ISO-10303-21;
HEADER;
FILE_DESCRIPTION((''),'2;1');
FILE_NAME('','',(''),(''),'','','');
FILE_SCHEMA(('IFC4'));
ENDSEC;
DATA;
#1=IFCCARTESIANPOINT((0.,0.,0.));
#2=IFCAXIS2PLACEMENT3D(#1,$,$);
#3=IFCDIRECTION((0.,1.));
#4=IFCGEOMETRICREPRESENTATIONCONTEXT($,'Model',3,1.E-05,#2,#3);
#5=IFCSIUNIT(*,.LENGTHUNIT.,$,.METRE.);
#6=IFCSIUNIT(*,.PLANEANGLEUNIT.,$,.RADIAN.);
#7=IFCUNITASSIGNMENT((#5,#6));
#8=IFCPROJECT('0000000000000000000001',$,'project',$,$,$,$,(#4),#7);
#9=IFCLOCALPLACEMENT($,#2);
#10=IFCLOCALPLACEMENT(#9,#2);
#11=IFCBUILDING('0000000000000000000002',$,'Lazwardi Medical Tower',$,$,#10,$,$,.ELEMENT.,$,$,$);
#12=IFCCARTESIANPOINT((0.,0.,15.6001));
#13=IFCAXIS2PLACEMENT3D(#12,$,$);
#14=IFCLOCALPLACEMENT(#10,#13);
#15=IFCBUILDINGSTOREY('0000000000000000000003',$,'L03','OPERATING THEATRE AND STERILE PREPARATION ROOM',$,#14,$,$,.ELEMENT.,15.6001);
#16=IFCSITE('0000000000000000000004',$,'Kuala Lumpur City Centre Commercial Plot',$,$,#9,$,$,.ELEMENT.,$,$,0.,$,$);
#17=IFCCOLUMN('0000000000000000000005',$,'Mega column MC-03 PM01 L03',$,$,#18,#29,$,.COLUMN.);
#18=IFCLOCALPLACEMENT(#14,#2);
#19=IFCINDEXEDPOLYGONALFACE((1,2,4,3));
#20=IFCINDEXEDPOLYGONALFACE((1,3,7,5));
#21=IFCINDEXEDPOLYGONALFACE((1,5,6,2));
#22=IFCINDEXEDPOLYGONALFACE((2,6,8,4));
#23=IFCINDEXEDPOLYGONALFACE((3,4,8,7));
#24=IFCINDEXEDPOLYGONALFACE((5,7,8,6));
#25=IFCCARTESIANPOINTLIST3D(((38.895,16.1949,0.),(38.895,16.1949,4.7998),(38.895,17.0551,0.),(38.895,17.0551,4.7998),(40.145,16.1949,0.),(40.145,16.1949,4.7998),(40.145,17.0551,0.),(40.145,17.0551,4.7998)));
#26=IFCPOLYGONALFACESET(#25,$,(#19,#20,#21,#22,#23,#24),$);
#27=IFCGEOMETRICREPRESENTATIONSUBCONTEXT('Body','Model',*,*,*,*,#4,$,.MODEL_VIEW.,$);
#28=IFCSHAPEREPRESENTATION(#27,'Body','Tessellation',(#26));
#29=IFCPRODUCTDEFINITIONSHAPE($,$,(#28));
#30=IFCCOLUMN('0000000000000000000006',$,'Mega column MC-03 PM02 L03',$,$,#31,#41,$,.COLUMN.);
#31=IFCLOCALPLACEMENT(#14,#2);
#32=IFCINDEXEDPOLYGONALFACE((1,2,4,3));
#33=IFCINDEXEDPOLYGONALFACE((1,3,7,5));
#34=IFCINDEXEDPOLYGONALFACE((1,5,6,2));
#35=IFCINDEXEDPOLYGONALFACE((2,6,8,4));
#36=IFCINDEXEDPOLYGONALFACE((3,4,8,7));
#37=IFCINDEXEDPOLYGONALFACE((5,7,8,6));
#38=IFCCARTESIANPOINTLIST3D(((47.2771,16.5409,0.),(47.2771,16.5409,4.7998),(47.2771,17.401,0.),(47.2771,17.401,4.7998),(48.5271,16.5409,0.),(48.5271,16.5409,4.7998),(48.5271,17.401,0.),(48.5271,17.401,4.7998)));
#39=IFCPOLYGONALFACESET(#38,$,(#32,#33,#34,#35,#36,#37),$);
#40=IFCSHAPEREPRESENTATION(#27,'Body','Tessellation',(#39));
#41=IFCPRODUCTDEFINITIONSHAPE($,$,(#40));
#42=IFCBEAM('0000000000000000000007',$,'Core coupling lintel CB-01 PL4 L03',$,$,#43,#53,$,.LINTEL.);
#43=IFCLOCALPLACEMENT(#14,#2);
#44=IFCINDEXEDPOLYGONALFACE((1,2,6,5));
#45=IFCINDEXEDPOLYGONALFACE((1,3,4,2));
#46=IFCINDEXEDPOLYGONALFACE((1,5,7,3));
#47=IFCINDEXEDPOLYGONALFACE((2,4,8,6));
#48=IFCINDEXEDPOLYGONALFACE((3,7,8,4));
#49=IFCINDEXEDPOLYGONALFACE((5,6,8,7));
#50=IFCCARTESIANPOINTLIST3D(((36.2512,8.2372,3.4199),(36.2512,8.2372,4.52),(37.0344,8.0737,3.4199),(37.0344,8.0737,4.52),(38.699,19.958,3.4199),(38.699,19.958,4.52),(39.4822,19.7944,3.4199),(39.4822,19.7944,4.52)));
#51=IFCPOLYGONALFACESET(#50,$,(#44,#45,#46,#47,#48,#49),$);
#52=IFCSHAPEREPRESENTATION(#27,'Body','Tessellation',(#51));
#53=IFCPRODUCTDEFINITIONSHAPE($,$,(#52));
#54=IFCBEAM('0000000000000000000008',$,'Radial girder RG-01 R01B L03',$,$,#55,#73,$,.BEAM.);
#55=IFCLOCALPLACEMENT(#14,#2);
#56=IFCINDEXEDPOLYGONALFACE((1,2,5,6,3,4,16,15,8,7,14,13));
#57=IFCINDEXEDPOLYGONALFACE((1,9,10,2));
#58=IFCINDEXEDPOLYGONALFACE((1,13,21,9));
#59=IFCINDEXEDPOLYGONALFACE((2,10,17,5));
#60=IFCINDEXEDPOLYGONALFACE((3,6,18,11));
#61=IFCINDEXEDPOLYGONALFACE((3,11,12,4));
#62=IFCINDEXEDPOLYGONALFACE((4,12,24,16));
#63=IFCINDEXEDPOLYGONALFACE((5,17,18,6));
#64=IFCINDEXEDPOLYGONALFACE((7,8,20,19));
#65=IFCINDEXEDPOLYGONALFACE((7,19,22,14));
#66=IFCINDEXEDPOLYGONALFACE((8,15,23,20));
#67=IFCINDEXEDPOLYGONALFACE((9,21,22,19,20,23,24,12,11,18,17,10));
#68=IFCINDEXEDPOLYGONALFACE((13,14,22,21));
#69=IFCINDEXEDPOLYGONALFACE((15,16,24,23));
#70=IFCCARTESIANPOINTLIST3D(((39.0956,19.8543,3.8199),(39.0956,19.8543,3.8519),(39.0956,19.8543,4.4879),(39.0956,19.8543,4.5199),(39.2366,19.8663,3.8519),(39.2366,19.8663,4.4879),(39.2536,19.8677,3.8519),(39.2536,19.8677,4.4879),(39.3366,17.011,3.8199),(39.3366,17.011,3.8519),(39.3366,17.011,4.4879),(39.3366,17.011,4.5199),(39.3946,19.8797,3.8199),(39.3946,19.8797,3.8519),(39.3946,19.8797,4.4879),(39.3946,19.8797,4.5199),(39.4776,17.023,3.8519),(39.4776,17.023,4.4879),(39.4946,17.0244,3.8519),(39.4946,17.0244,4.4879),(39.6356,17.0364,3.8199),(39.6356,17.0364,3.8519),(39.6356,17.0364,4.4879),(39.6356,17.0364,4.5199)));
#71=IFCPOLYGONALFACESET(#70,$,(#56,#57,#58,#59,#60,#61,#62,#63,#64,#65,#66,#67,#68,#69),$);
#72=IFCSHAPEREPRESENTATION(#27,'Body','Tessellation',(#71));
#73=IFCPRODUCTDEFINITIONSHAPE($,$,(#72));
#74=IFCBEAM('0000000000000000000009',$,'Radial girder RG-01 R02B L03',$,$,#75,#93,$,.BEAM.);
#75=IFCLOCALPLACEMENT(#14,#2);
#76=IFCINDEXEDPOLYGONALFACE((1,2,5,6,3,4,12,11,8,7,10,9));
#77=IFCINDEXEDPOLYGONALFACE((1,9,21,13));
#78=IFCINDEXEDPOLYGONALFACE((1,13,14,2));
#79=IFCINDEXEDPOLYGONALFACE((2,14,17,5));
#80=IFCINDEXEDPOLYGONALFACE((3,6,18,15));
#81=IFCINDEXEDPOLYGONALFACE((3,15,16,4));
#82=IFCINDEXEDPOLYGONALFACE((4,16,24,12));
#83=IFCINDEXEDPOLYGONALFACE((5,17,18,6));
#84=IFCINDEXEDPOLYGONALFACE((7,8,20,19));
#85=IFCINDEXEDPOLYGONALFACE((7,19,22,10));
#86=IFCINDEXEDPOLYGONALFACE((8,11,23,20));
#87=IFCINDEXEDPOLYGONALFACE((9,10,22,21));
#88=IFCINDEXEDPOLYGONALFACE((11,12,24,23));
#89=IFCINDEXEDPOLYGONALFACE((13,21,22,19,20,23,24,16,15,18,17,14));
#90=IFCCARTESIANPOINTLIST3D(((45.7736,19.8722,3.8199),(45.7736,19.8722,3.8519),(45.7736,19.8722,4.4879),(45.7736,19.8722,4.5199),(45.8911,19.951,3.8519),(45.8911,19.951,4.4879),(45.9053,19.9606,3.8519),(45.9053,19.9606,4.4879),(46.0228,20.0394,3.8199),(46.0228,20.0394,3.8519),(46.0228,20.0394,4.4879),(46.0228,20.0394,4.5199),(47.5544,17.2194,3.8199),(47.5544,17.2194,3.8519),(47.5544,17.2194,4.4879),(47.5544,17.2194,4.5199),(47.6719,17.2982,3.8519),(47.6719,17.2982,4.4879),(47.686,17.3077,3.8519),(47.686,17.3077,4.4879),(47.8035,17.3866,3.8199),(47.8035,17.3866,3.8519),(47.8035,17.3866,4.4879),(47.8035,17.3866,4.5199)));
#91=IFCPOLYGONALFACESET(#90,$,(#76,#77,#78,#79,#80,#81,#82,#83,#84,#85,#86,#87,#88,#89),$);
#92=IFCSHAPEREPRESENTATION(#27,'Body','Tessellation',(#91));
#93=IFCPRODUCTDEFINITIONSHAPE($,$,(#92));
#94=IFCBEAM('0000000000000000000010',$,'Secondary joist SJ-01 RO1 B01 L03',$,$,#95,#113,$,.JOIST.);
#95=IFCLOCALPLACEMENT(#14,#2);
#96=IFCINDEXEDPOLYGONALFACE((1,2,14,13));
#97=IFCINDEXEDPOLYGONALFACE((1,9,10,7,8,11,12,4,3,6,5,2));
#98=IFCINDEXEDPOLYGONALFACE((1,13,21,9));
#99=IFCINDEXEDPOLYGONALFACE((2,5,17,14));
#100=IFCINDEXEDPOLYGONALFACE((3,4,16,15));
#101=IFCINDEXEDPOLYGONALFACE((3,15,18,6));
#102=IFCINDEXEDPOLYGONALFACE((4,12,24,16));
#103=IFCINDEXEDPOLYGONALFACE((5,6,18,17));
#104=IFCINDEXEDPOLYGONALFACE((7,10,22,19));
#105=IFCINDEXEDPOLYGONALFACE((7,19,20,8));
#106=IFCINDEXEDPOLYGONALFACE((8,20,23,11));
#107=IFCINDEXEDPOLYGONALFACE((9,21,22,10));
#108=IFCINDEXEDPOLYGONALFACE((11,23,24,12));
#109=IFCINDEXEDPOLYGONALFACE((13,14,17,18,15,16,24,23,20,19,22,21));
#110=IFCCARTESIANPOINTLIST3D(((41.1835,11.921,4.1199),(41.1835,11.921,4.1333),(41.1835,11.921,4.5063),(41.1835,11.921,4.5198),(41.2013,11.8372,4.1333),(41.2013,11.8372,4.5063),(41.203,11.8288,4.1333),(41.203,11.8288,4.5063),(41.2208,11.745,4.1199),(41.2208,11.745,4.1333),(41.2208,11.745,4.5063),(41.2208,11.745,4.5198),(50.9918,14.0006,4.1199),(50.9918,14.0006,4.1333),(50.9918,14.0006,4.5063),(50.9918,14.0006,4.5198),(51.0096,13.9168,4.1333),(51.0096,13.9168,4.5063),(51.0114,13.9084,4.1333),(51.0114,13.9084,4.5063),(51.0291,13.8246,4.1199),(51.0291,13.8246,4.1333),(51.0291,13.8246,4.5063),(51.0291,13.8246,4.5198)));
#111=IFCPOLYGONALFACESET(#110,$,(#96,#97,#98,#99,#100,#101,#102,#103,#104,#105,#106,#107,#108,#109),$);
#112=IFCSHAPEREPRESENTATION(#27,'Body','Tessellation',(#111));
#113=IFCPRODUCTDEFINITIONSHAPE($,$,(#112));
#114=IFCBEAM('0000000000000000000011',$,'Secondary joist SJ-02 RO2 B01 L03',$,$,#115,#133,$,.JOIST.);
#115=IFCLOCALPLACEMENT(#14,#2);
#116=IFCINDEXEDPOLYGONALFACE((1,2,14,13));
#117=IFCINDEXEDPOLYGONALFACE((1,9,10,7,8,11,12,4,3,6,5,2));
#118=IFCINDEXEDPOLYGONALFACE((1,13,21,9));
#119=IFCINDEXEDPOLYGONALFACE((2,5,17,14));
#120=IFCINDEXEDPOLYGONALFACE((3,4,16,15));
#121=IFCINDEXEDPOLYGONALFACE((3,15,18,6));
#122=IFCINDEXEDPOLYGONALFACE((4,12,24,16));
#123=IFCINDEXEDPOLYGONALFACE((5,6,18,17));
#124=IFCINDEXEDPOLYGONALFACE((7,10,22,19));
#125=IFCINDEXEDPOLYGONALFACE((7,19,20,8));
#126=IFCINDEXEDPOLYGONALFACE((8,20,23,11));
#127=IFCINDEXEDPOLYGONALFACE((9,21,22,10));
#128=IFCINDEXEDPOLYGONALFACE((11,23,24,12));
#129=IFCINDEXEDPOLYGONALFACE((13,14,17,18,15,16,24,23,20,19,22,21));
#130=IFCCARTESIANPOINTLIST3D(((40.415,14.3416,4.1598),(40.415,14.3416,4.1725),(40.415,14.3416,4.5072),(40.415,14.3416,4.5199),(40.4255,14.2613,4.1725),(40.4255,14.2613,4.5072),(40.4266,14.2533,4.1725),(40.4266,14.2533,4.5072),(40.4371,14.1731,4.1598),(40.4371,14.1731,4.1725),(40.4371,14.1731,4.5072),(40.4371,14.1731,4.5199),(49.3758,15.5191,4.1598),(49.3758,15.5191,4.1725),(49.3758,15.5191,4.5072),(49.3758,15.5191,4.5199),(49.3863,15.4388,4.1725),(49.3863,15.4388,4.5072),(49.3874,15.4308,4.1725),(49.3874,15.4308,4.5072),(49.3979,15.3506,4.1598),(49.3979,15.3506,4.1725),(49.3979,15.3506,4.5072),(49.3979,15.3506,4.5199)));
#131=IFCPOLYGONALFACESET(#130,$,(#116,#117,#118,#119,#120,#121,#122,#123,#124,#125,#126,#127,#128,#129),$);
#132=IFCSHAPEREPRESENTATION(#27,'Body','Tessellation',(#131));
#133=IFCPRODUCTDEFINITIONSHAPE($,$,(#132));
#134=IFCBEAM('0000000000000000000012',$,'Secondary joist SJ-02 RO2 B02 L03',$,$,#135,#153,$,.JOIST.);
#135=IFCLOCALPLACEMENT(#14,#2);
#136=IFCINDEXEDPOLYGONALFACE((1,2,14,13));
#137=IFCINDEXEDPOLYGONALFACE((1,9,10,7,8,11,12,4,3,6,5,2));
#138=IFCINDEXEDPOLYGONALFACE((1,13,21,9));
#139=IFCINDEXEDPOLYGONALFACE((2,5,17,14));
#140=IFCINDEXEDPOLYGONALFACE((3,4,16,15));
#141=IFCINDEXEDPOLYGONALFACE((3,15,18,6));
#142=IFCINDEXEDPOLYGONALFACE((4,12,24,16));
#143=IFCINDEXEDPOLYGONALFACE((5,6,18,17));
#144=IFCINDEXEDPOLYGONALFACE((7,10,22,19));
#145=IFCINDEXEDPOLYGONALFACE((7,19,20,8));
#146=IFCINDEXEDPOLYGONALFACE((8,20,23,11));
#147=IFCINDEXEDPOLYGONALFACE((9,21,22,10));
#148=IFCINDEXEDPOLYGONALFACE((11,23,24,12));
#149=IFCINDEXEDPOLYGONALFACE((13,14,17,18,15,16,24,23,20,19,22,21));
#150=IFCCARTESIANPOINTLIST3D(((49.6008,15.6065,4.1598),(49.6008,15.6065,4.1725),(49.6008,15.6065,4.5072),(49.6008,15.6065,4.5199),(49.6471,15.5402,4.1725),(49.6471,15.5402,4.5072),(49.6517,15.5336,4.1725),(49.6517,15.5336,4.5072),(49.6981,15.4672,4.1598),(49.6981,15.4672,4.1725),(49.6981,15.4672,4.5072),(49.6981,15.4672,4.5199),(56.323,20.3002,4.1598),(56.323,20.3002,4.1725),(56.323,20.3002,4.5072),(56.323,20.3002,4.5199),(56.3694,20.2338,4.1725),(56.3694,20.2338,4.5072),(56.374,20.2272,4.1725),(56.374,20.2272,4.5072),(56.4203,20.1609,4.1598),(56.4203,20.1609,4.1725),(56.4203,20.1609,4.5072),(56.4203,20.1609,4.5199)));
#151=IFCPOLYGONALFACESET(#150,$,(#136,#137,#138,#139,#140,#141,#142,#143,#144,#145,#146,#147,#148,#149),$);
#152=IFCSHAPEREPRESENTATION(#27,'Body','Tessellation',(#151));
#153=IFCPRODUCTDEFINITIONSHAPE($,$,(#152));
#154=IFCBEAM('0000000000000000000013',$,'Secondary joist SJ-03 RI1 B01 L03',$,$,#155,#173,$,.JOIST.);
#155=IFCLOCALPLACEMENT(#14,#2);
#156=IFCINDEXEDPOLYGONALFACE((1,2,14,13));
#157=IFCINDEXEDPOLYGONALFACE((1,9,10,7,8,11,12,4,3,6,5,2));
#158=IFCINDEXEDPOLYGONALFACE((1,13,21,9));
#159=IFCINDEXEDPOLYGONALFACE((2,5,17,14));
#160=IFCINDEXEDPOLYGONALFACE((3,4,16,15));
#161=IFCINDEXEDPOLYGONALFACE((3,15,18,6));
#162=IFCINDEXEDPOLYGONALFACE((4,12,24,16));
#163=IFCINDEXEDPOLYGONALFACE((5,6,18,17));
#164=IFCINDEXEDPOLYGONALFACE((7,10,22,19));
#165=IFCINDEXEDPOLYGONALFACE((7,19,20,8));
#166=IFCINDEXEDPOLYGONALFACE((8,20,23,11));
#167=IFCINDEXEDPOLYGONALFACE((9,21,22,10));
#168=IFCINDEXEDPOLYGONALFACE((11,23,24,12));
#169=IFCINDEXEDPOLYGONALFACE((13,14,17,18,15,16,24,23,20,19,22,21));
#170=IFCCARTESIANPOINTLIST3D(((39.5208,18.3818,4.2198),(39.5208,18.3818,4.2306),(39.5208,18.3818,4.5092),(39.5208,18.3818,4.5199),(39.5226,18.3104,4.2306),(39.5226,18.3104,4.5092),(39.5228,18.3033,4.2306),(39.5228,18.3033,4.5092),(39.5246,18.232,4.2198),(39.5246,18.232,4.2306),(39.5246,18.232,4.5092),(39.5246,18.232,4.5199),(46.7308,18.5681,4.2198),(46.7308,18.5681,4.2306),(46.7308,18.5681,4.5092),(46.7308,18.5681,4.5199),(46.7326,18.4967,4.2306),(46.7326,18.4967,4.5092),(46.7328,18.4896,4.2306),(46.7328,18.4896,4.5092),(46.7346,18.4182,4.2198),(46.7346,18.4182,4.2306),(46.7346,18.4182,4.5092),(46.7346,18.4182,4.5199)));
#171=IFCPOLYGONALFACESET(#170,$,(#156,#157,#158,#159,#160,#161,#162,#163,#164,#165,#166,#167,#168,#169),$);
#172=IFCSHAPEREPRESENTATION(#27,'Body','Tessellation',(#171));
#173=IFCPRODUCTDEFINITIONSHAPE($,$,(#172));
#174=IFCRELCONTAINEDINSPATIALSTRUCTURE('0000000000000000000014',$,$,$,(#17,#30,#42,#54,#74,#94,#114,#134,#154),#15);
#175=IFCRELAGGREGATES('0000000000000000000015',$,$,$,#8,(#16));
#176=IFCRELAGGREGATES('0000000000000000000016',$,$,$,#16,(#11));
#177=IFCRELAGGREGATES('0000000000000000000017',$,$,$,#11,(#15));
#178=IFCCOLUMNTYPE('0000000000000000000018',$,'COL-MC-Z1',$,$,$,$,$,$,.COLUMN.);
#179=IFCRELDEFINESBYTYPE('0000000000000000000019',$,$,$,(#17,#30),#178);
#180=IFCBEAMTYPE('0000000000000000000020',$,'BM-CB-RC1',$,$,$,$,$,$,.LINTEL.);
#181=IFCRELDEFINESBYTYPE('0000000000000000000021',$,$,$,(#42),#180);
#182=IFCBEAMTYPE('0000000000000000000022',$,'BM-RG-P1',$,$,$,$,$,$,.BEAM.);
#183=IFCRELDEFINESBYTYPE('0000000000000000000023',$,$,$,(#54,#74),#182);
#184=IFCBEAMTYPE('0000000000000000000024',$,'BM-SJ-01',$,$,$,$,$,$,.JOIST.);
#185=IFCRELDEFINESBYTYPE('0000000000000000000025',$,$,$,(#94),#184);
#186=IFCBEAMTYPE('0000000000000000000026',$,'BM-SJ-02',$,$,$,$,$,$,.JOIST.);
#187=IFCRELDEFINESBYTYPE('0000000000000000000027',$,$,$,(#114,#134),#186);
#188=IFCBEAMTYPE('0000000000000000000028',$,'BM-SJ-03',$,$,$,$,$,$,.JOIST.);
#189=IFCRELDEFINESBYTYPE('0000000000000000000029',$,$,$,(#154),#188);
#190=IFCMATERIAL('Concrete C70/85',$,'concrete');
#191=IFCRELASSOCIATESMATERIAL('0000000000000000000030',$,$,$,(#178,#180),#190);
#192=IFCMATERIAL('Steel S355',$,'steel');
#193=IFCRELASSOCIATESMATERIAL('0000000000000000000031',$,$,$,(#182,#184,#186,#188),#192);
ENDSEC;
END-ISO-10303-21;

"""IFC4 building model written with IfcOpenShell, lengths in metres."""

from ifc_helpers import new_model, si_unit, direction, frame, origin, origin_2d, place, context, subcontext, project, spatial, rectangle, i_section, extrude, material, material_profile, profile_set, type_object, element, save


model = new_model("IFC4")

# Units and contexts
model_context = context("Model", 3, precision=1e-05, world=origin(), true_north=direction((0.0, 1.0)))
body_context = subcontext(model_context, "Body", "Model", "MODEL_VIEW")
ifc_project = project(units=[si_unit("LENGTHUNIT", "METRE"), si_unit("PLANEANGLEUNIT", "RADIAN")], contexts=[model_context])

# Site, building, storey
site_placement = place(None, origin())
site = spatial("IfcSite", under=ifc_project, at=site_placement, Name="Kuala Lumpur City Centre Commercial Plot", CompositionType="ELEMENT", RefElevation=0.0)
building_placement = place(site_placement, origin())
building = spatial("IfcBuilding", under=site, at=building_placement, Name="Lazwardi Medical Tower", CompositionType="ELEMENT")
storey_placement = place(building_placement, frame((0.0, 0.0, 15.6001)))
storey = spatial("IfcBuildingStorey", under=building, at=storey_placement, Name="L03", Description="OPERATING THEATRE AND STERILE PREPARATION ROOM", CompositionType="ELEMENT", Elevation=15.6001)

# Columns
ifc_material_1 = material(Name="Concrete C70/85", Category="concrete")
ifc_material_profile_1 = material_profile(ifc_material_1, rectangle(XDim=1.25, YDim=0.8601, at=origin_2d()), Name="CFT-RECT 1250x860")
ifc_profile_set_1 = profile_set([ifc_material_profile_1], Name="Concrete C70/85")
column_type = type_object("IfcColumnType", Name="COL-MC-Z1", PredefinedType="COLUMN", material=ifc_profile_set_1)
for number, where, z_axis, x_axis, name in (
    (1, (39.52, 16.625, 0.0), (0.0, 0.0, 1.0), (1.0, 0.0, 0.0), "Mega column MC-03 PM01 L03"),
    (2, (47.9021, 16.9709, 0.0), (0.0, 0.0, 1.0), (1.0, 0.0, 0.0), "Mega column MC-03 PM02 L03"),
):
    element("IfcColumn", number, at=place(storey_placement, frame(where, z_axis=z_axis, x_axis=x_axis)), inside=storey, type_object=column_type, Name=name, PredefinedType="COLUMN", context=body_context, shape_type="SweptSolid", body=[
        extrude(rectangle(XDim=1.25, YDim=0.8601, at=origin_2d()), origin(), (0.0, 0.0, 1.0), 4.7998),
    ])

# Beams
ifc_material_profile_2 = material_profile(ifc_material_1, rectangle(XDim=0.8, YDim=1.1001, at=origin_2d()), Name="RC 800x1100")
ifc_profile_set_2 = profile_set([ifc_material_profile_2], Name="Concrete C70/85")
beam_type_1 = type_object("IfcBeamType", Name="BM-CB-RC1", PredefinedType="LINTEL", material=ifc_profile_set_2)
beam_1_placement = place(storey_placement, frame((39.0906, 19.8762, 3.97), z_axis=(-0.20443, -0.978881, 0.0), x_axis=(0.978881, -0.20443, 0.0)))
element("IfcBeam", 3, at=beam_1_placement, inside=storey, type_object=beam_type_1, Name="Core coupling lintel CB-01 PL4 L03", PredefinedType="LINTEL", context=body_context, shape_type="SweptSolid", body=[
    extrude(rectangle(XDim=0.8, YDim=1.1001, at=origin_2d()), origin(), (0.0, 0.0, 1.0), 11.9736),
])
ifc_material_2 = material(Name="Steel S355", Category="steel")
ifc_material_profile_3 = material_profile(ifc_material_2, i_section(OverallWidth=0.3, OverallDepth=0.7, WebThickness=0.0171, FlangeThickness=0.032, at=origin_2d()), Name="HEB 700")
ifc_profile_set_3 = profile_set([ifc_material_profile_3], Name="Steel S355")
beam_type_2 = type_object("IfcBeamType", Name="BM-RG-P1", PredefinedType="BEAM", material=ifc_profile_set_3)
beam_2_placement = place(storey_placement, frame((39.4861, 17.0237, 4.1699), z_axis=(-0.084447, 0.996428, 0.0), x_axis=(-0.996428, -0.084447, 0.0)))
element("IfcBeam", 4, at=beam_2_placement, inside=storey, type_object=beam_type_2, Name="Radial girder RG-01 R01B L03", PredefinedType="BEAM", context=body_context, shape_type="SweptSolid", body=[
    extrude(i_section(OverallWidth=0.3, OverallDepth=0.7, WebThickness=0.0171, FlangeThickness=0.032, at=origin_2d()), origin(), (0.0, 0.0, 1.0), 2.8535),
])
beam_3_placement = place(storey_placement, frame((47.679, 17.303, 4.1699), z_axis=(-0.557342, 0.830283, 0.0), x_axis=(-0.830283, -0.557342, 0.0)))
element("IfcBeam", 5, at=beam_3_placement, inside=storey, type_object=beam_type_2, Name="Radial girder RG-01 R02B L03", PredefinedType="BEAM", context=body_context, shape_type="SweptSolid", body=[
    extrude(i_section(OverallWidth=0.3, OverallDepth=0.7, WebThickness=0.0171, FlangeThickness=0.032, at=origin_2d()), origin(), (0.0, 0.0, 1.0), 3.1951),
])
ifc_material_profile_4 = material_profile(ifc_material_2, i_section(OverallWidth=0.1799, OverallDepth=0.3999, WebThickness=0.0085, FlangeThickness=0.0134, at=origin_2d()), Name="IPE 400")
ifc_profile_set_4 = profile_set([ifc_material_profile_4], Name="Steel S355")
beam_type_3 = type_object("IfcBeamType", Name="BM-SJ-01", PredefinedType="JOIST", material=ifc_profile_set_4)
beam_4_placement = place(storey_placement, frame((41.2021, 11.833, 4.3198), z_axis=(0.978254, 0.207412, 0.0), x_axis=(-0.207412, 0.978254, 0.0)))
element("IfcBeam", 6, at=beam_4_placement, inside=storey, type_object=beam_type_3, Name="Secondary joist SJ-01 RO1 B01 L03", PredefinedType="JOIST", context=body_context, shape_type="SweptSolid", body=[
    extrude(i_section(OverallWidth=0.1799, OverallDepth=0.3999, WebThickness=0.0085, FlangeThickness=0.0134, at=origin_2d()), origin(), (0.0, 0.0, 1.0), 10.0264),
])
ifc_material_profile_5 = material_profile(ifc_material_2, i_section(OverallWidth=0.1699, OverallDepth=0.3601, WebThickness=0.0081, FlangeThickness=0.0127, at=origin_2d()), Name="IPE 360")
ifc_profile_set_5 = profile_set([ifc_material_profile_5], Name="Steel S355")
beam_type_4 = type_object("IfcBeamType", Name="BM-SJ-02", PredefinedType="JOIST", material=ifc_profile_set_5)
beam_5_placement = place(storey_placement, frame((40.426, 14.2573, 4.3398), z_axis=(0.991476, 0.130286, 0.0), x_axis=(-0.130286, 0.991476, 0.0)))
element("IfcBeam", 7, at=beam_5_placement, inside=storey, type_object=beam_type_4, Name="Secondary joist SJ-02 RO2 B01 L03", PredefinedType="JOIST", context=body_context, shape_type="SweptSolid", body=[
    extrude(i_section(OverallWidth=0.1699, OverallDepth=0.3601, WebThickness=0.0081, FlangeThickness=0.0127, at=origin_2d()), origin(), (0.0, 0.0, 1.0), 9.0378),
])
beam_6_placement = place(storey_placement, frame((49.6494, 15.5369, 4.3398), z_axis=(0.819914, 0.572487, 0.0), x_axis=(-0.572487, 0.819914, 0.0)))
element("IfcBeam", 8, at=beam_6_placement, inside=storey, type_object=beam_type_4, Name="Secondary joist SJ-02 RO2 B02 L03", PredefinedType="JOIST", context=body_context, shape_type="SweptSolid", body=[
    extrude(i_section(OverallWidth=0.1699, OverallDepth=0.3601, WebThickness=0.0081, FlangeThickness=0.0127, at=origin_2d()), origin(), (0.0, 0.0, 1.0), 8.1987),
])
ifc_material_profile_6 = material_profile(ifc_material_2, i_section(OverallWidth=0.1499, OverallDepth=0.3, WebThickness=0.0071, FlangeThickness=0.0107, at=origin_2d()), Name="IPE 300")
ifc_profile_set_6 = profile_set([ifc_material_profile_6], Name="Steel S355")
beam_type_5 = type_object("IfcBeamType", Name="BM-SJ-03", PredefinedType="JOIST", material=ifc_profile_set_6)
beam_7_placement = place(storey_placement, frame((39.5227, 18.3069, 4.3699), z_axis=(0.999666, 0.025828, 0.0), x_axis=(-0.025828, 0.999666, 0.0)))
element("IfcBeam", 9, at=beam_7_placement, inside=storey, type_object=beam_type_5, Name="Secondary joist SJ-03 RI1 B01 L03", PredefinedType="JOIST", context=body_context, shape_type="SweptSolid", body=[
    extrude(i_section(OverallWidth=0.1499, OverallDepth=0.3, WebThickness=0.0071, FlangeThickness=0.0107, at=origin_2d()), origin(), (0.0, 0.0, 1.0), 7.2124),
])

save(model, "model.ifc")
